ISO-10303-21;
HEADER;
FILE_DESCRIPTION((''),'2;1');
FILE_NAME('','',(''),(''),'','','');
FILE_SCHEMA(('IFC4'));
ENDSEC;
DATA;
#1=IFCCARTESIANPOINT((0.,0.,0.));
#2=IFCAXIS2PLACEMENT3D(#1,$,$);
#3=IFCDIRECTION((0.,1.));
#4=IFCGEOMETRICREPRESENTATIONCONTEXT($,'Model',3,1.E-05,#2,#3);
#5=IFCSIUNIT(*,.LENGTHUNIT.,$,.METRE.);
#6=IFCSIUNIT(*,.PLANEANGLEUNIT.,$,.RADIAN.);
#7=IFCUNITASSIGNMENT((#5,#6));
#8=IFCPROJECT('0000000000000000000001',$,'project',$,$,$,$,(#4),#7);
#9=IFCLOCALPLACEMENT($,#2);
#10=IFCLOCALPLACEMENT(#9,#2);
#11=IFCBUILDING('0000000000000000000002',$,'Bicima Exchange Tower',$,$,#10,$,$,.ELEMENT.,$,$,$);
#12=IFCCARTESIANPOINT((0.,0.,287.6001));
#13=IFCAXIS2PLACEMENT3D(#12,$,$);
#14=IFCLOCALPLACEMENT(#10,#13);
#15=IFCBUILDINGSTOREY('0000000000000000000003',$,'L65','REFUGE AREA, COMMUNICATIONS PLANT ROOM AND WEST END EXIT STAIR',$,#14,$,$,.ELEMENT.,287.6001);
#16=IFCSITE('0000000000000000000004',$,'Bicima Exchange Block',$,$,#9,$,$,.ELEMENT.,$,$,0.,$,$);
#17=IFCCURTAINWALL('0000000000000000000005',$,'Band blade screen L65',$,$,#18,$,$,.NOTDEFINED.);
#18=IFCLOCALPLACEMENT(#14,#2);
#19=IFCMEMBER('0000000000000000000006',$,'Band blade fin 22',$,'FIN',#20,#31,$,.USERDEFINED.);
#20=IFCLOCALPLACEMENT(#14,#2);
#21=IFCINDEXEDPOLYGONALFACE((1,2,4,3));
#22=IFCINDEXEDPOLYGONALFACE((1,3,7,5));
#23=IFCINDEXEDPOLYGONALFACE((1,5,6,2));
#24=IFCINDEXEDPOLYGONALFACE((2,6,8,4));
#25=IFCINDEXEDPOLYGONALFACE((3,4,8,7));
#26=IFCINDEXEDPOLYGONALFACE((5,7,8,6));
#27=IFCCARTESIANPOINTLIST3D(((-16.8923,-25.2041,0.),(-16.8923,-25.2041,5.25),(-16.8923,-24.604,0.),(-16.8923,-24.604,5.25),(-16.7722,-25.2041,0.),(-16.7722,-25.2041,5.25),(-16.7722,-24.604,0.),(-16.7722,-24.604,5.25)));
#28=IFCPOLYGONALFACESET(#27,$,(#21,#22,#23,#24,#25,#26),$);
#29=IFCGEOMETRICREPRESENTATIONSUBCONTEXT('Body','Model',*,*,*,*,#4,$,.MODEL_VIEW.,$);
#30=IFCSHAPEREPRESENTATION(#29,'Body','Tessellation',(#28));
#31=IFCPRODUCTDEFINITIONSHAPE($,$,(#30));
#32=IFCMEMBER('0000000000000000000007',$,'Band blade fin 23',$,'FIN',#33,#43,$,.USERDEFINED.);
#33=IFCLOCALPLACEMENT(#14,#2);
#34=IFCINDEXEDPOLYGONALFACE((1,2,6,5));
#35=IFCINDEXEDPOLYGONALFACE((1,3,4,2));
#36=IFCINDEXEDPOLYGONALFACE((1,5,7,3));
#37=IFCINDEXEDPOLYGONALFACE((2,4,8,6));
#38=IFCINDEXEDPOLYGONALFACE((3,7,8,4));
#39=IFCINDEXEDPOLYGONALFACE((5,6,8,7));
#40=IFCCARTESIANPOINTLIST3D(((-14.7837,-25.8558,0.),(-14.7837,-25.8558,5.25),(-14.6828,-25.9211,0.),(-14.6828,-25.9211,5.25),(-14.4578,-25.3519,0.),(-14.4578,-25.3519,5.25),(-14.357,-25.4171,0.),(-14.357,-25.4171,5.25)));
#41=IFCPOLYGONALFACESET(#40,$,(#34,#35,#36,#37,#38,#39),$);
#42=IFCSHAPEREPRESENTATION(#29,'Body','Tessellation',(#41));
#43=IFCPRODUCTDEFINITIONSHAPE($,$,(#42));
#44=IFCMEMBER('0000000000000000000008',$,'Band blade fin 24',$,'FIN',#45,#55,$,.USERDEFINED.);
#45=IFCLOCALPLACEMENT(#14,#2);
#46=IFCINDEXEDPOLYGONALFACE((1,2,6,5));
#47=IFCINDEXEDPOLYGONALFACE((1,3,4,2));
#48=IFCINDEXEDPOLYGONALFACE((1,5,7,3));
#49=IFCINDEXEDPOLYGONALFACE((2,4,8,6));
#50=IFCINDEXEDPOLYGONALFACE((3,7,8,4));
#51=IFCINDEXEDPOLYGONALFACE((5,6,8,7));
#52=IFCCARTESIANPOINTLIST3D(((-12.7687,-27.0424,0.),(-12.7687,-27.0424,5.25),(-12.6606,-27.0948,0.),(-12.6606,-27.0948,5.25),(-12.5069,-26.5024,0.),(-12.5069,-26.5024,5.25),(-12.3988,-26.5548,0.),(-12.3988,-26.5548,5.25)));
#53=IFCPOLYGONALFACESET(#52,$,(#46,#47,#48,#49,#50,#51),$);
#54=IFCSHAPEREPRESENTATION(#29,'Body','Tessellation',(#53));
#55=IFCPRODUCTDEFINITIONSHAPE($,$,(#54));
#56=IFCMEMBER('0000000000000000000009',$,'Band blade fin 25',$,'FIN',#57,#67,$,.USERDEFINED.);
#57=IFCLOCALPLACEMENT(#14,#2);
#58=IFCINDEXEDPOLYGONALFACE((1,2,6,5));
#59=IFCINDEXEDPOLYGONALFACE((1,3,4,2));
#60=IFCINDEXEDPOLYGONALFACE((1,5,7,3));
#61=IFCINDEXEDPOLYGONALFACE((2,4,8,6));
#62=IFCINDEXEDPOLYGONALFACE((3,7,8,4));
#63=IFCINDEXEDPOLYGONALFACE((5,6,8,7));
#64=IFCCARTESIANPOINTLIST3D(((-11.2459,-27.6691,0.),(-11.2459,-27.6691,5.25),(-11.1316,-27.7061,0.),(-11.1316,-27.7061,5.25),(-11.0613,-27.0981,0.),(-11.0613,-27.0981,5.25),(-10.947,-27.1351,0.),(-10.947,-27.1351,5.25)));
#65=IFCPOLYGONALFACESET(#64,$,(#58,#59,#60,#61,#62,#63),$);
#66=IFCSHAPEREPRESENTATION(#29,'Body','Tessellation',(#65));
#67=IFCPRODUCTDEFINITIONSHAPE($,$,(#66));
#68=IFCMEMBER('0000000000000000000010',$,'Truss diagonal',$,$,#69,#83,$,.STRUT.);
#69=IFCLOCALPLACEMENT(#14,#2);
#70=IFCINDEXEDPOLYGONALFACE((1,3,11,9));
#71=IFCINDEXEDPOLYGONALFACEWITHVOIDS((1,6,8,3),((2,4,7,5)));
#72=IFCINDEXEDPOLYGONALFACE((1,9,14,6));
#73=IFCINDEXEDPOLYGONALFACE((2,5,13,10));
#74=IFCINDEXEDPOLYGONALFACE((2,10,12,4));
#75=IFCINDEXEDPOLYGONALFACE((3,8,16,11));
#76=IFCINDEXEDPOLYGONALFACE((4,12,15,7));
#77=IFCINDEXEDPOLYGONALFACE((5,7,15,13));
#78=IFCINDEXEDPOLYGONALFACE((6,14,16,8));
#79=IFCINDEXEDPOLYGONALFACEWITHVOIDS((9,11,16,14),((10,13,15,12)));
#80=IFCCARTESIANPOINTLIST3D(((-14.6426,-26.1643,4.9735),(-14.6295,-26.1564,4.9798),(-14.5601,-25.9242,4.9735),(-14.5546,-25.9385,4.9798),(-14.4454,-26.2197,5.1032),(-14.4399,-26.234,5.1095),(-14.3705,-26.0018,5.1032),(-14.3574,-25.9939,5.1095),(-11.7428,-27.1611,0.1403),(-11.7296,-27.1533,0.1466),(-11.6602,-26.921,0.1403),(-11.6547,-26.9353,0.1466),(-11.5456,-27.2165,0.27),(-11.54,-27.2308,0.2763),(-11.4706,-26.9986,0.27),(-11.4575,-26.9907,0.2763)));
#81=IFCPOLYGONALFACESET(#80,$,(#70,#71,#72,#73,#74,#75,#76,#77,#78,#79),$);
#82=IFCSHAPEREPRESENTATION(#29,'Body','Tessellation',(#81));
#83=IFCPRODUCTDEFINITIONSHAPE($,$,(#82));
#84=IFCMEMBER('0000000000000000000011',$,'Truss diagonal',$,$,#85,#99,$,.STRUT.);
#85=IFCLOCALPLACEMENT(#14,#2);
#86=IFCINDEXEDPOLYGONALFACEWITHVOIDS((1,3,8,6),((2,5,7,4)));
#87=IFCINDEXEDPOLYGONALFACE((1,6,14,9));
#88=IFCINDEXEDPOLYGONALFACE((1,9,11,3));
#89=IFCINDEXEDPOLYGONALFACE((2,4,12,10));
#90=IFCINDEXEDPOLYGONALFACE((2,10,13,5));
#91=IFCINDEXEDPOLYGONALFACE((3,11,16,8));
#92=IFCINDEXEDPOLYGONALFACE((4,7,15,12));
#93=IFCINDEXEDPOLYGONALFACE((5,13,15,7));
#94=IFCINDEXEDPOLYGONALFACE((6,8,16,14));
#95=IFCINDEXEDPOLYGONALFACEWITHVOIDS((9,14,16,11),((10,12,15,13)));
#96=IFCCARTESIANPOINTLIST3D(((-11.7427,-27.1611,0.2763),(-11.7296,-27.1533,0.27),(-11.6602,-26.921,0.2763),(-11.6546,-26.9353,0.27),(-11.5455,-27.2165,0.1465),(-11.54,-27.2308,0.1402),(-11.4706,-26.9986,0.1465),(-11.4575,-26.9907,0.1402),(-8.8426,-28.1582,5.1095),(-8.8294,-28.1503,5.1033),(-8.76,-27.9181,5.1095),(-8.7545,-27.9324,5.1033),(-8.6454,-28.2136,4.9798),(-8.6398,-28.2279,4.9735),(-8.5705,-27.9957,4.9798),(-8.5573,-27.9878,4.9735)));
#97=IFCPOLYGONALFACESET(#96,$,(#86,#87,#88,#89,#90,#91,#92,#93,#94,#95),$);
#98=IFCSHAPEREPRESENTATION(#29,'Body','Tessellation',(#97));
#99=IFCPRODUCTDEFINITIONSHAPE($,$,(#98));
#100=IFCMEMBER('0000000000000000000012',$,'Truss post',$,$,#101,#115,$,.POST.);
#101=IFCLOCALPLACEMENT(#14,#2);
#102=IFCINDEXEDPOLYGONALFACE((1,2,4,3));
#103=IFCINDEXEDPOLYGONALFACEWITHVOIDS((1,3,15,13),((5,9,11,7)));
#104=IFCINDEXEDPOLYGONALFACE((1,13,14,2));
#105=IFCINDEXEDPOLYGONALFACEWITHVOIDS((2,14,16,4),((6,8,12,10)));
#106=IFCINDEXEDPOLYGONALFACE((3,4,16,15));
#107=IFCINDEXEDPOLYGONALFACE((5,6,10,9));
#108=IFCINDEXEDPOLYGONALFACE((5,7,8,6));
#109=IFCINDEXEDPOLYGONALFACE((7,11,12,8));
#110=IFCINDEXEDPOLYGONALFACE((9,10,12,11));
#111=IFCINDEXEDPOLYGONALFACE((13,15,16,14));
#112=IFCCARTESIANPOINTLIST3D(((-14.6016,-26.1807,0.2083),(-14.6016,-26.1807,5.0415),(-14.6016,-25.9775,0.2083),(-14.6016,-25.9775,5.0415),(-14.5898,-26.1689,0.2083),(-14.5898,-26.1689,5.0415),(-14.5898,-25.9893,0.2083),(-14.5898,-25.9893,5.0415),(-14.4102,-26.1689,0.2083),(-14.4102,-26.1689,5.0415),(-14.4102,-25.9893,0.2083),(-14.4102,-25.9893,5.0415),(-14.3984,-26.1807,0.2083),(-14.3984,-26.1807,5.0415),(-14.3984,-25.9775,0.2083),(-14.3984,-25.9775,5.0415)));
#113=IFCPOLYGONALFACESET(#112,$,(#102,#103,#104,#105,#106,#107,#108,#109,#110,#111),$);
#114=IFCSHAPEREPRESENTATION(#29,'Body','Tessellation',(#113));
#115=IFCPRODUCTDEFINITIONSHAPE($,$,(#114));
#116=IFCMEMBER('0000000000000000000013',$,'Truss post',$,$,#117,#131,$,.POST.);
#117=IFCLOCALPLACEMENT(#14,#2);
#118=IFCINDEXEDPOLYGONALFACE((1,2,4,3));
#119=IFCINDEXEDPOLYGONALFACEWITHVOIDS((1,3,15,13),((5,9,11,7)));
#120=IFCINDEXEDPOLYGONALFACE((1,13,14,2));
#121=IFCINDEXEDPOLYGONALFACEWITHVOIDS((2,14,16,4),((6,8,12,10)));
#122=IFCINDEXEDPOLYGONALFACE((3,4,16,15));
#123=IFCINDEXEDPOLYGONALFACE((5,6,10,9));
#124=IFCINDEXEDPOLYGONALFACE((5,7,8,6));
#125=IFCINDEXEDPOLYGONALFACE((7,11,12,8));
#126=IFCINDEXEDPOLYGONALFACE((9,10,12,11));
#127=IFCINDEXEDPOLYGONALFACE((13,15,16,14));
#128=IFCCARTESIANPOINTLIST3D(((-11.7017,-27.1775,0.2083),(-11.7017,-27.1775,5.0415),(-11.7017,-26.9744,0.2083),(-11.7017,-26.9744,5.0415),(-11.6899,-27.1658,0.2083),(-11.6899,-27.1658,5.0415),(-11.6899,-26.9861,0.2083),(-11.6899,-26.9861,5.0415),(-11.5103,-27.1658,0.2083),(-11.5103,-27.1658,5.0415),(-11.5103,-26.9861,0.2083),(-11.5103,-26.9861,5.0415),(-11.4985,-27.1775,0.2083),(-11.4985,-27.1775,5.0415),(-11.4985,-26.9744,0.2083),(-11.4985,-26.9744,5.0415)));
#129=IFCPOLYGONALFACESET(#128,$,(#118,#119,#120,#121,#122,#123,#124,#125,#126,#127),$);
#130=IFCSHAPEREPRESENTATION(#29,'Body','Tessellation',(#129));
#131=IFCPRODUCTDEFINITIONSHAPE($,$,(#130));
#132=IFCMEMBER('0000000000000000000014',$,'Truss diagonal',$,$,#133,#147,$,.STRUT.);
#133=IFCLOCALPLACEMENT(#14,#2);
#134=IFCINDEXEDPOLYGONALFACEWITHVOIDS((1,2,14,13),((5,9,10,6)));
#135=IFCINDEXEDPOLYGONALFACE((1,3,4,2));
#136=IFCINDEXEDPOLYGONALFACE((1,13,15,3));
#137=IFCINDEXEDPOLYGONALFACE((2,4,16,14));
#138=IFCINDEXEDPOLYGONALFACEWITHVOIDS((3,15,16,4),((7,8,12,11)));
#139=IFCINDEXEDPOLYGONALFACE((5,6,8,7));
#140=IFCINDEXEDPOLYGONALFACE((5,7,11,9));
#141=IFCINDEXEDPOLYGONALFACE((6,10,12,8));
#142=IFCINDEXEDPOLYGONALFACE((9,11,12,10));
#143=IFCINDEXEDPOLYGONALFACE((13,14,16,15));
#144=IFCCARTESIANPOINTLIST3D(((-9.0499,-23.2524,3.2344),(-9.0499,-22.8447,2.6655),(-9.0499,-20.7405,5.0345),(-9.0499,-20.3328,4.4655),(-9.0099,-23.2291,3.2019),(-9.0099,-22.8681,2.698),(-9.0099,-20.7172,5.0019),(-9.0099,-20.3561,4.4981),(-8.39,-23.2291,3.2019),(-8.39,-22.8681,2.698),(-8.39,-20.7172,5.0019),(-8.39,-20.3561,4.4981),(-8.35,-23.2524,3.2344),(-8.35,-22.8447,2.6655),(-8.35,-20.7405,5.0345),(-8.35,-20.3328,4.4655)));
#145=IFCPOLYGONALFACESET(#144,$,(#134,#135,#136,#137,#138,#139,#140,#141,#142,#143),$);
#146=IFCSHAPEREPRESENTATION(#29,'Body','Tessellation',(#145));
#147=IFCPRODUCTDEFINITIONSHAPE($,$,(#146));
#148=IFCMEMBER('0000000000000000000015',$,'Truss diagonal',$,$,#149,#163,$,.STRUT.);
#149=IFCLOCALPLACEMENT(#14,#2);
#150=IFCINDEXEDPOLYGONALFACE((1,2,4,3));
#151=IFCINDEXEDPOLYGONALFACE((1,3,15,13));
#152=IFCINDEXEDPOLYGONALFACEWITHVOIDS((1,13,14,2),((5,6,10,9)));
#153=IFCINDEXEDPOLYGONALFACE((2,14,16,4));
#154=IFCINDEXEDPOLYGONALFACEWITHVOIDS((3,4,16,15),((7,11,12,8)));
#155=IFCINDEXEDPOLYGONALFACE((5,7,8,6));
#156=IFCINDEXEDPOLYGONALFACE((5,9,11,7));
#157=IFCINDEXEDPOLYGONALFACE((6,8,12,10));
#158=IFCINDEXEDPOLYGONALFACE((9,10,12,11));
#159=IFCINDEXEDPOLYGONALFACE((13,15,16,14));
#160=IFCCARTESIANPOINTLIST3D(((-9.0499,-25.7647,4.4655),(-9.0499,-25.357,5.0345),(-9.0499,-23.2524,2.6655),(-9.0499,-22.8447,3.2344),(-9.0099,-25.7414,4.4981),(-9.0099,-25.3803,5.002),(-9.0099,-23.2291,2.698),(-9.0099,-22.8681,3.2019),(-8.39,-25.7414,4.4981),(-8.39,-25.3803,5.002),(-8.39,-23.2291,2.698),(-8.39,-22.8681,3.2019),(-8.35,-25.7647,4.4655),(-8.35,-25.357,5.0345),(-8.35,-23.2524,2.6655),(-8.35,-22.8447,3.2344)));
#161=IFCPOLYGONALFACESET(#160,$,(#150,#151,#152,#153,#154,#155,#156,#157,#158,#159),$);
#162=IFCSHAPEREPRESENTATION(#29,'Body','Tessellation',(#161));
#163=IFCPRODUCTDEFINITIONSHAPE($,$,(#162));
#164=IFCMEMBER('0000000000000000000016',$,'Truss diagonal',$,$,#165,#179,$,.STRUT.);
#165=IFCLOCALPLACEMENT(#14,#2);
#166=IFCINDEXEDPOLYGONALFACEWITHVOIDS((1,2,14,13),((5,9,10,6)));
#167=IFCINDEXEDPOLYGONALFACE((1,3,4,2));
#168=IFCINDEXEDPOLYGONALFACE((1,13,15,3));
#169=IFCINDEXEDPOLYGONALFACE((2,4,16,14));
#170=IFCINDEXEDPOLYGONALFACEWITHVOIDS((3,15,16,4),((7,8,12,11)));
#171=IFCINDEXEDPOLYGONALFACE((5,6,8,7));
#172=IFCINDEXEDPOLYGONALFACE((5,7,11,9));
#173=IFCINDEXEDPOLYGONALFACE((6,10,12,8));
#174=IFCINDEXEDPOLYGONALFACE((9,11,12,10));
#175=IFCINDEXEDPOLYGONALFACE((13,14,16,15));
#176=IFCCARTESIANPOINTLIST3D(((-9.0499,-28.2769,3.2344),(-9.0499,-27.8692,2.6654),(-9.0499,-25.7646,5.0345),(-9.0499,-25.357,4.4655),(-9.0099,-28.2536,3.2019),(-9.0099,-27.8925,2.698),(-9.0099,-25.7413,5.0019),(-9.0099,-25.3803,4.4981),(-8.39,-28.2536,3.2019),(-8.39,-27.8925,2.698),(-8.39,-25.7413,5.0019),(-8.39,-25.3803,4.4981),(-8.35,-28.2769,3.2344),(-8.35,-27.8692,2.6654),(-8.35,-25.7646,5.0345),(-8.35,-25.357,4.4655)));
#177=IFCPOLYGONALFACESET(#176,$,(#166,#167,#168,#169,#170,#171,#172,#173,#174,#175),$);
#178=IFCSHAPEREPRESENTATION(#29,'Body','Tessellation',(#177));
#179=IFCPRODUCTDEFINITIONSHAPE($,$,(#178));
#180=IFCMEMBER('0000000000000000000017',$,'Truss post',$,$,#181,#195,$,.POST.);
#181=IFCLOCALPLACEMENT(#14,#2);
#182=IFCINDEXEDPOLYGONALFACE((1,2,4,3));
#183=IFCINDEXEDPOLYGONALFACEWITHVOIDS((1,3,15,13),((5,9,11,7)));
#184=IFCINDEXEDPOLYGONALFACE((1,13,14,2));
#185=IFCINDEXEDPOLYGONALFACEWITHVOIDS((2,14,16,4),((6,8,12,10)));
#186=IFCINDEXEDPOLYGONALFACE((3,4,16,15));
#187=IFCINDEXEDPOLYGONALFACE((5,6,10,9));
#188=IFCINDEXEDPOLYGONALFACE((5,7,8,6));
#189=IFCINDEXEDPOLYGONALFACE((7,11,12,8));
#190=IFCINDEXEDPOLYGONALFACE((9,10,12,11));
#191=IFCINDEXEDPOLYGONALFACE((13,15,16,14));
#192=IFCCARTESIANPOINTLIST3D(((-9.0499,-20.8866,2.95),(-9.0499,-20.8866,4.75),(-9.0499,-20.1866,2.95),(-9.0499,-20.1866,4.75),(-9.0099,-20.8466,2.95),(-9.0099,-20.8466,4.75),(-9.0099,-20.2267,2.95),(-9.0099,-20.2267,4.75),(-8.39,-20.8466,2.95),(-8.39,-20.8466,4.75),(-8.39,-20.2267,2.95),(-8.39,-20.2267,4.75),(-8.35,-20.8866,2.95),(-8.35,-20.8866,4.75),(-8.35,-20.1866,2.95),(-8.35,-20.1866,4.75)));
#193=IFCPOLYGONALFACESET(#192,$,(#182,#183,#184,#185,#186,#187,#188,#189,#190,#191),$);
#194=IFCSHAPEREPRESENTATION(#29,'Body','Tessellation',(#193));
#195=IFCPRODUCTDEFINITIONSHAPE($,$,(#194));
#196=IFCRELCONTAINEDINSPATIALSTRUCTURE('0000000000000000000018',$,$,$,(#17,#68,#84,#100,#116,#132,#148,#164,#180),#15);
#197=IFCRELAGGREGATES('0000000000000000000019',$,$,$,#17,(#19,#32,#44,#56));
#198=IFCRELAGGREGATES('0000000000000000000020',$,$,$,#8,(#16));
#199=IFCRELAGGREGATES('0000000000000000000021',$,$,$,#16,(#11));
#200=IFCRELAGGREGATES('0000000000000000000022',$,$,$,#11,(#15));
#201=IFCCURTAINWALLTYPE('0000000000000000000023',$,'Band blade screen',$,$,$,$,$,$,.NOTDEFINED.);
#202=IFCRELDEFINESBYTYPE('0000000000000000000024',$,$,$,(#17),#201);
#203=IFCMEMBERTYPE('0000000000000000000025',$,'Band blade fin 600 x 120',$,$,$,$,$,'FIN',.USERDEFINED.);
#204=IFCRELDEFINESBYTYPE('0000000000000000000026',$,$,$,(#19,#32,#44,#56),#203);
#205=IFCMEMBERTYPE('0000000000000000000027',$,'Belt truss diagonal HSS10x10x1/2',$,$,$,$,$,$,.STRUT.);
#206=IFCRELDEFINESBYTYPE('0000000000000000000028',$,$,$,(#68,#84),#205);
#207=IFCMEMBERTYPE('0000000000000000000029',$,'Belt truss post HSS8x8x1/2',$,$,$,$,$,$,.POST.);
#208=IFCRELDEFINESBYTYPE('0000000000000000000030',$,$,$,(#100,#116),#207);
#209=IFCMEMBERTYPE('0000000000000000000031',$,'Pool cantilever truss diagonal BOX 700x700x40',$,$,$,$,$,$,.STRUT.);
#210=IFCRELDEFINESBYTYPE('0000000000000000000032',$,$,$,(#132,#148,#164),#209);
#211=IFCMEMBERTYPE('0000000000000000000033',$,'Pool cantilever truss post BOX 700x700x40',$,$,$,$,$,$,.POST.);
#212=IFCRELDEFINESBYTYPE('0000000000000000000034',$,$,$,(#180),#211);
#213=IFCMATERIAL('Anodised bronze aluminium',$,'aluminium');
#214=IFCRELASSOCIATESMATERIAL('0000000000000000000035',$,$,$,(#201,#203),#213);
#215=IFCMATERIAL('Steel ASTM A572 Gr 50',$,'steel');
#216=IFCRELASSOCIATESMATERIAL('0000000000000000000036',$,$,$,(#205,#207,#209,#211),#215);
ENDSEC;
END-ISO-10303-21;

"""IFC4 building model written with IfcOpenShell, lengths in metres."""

from ifc_helpers import new_model, si_unit, direction, frame, origin, origin_2d, place, context, subcontext, project, spatial, rectangle, hollow_rectangle, extrude, material, material_profile, profile_set, type_object, element, aggregate, save


model = new_model("IFC4")

# Units and contexts
model_context = context("Model", 3, precision=1e-05, world=origin(), true_north=direction((0.0, 1.0)))
body_context = subcontext(model_context, "Body", "Model", "MODEL_VIEW")
ifc_project = project(units=[si_unit("LENGTHUNIT", "METRE"), si_unit("PLANEANGLEUNIT", "RADIAN")], contexts=[model_context])

# Site, building, storey
site_placement = place(None, origin())
site = spatial("IfcSite", under=ifc_project, at=site_placement, Name="Bicima Exchange Block", CompositionType="ELEMENT", RefElevation=0.0)
building_placement = place(site_placement, origin())
building = spatial("IfcBuilding", under=site, at=building_placement, Name="Bicima Exchange Tower", CompositionType="ELEMENT")
storey_placement = place(building_placement, frame((0.0, 0.0, 287.6001)))
storey = spatial("IfcBuildingStorey", under=building, at=storey_placement, Name="L65", Description="REFUGE AREA, COMMUNICATIONS PLANT ROOM AND WEST END EXIT STAIR", CompositionType="ELEMENT", Elevation=287.6001)

# Curtain wall, members
ifc_material_1 = material(Name="Anodised bronze aluminium", Category="aluminium")
curtain_wall_type = type_object("IfcCurtainWallType", Name="Band blade screen", PredefinedType="NOTDEFINED", material=ifc_material_1)
curtain_wall_placement = place(storey_placement, origin())
curtain_wall = element("IfcCurtainWall", 1, at=curtain_wall_placement, inside=storey, type_object=curtain_wall_type, Name="Band blade screen L65", PredefinedType="NOTDEFINED")
ifc_material_profile_1 = material_profile(ifc_material_1, rectangle(XDim=0.6001, YDim=0.1201, at=origin_2d()))
ifc_profile_set_1 = profile_set([ifc_material_profile_1], Name="Anodised bronze aluminium")
member_type_1 = type_object("IfcMemberType", Name="Band blade fin 600 x 120", ElementType="FIN", PredefinedType="USERDEFINED", material=ifc_profile_set_1)
member_1_placement = place(storey_placement, frame((-16.8323, -24.9041, 0.0), z_axis=(0.0, 0.0, 1.0), x_axis=(0.0, 1.0, 0.0)))
member_1 = element("IfcMember", 2, at=member_1_placement, type_object=member_type_1, Name="Band blade fin 22", ObjectType="FIN", PredefinedType="USERDEFINED", context=body_context, shape_type="SweptSolid", body=[
    extrude(rectangle(XDim=0.6001, YDim=0.1201, at=origin_2d()), origin(), (0.0, 0.0, 1.0), 5.25),
])
member_2_placement = place(storey_placement, frame((-14.5703, -25.6365, 0.0), z_axis=(0.0, 0.0, 1.0), x_axis=(0.542917, 0.839787, 0.0)))
member_2 = element("IfcMember", 3, at=member_2_placement, type_object=member_type_1, Name="Band blade fin 23", ObjectType="FIN", PredefinedType="USERDEFINED", context=body_context, shape_type="SweptSolid", body=[
    extrude(rectangle(XDim=0.6001, YDim=0.1201, at=origin_2d()), origin(), (0.0, 0.0, 1.0), 5.25),
])
member_3_placement = place(storey_placement, frame((-12.5837, -26.7986, 0.0), z_axis=(0.0, 0.0, 1.0), x_axis=(0.436287, 0.899808, 0.0)))
member_3 = element("IfcMember", 4, at=member_3_placement, type_object=member_type_1, Name="Band blade fin 24", ObjectType="FIN", PredefinedType="USERDEFINED", context=body_context, shape_type="SweptSolid", body=[
    extrude(rectangle(XDim=0.6001, YDim=0.1201, at=origin_2d()), origin(), (0.0, 0.0, 1.0), 5.25),
])
member_4_placement = place(storey_placement, frame((-11.0964, -27.4021, 0.0), z_axis=(0.0, 0.0, 1.0), x_axis=(0.307553, 0.951531, 0.0)))
member_4 = element("IfcMember", 5, at=member_4_placement, type_object=member_type_1, Name="Band blade fin 25", ObjectType="FIN", PredefinedType="USERDEFINED", context=body_context, shape_type="SweptSolid", body=[
    extrude(rectangle(XDim=0.6001, YDim=0.1201, at=origin_2d()), origin(), (0.0, 0.0, 1.0), 5.25),
])
aggregate(curtain_wall, [member_1, member_2, member_3, member_4])

# Members
ifc_material_2 = material(Name="Steel ASTM A572 Gr 50", Category="steel")
ifc_material_profile_2 = material_profile(ifc_material_2, hollow_rectangle(XDim=0.2539, YDim=0.2539, WallThickness=0.0117, at=origin_2d()))
ifc_profile_set_2 = profile_set([ifc_material_profile_2], Name="Steel ASTM A572 Gr 50")
member_type_2 = type_object("IfcMemberType", Name="Belt truss diagonal HSS10x10x1/2", PredefinedType="STRUT", material=ifc_profile_set_2)
member_5_placement = place(storey_placement, frame((-14.5, -26.0791, 5.0415), z_axis=(0.506627, -0.174151, -0.844393), x_axis=(0.325075, 0.945688, 0.0)))
element("IfcMember", 6, at=member_5_placement, inside=storey, type_object=member_type_2, Name="Truss diagonal", PredefinedType="STRUT", context=body_context, shape_type="SweptSolid", body=[
    extrude(hollow_rectangle(XDim=0.2539, YDim=0.2539, WallThickness=0.0117, at=origin_2d()), origin(), (0.0, 0.0, 1.0), 5.7239),
])
member_6_placement = place(storey_placement, frame((-11.6001, -27.0759, 0.2083), z_axis=(0.506655, -0.174188, 0.844369), x_axis=(0.325122, 0.945672, 0.0)))
element("IfcMember", 7, at=member_6_placement, inside=storey, type_object=member_type_2, Name="Truss diagonal", PredefinedType="STRUT", context=body_context, shape_type="SweptSolid", body=[
    extrude(hollow_rectangle(XDim=0.2539, YDim=0.2539, WallThickness=0.0117, at=origin_2d()), origin(), (0.0, 0.0, 1.0), 5.7241),
])
ifc_material_profile_3 = material_profile(ifc_material_2, hollow_rectangle(XDim=0.2031, YDim=0.2031, WallThickness=0.0117, at=origin_2d()))
ifc_profile_set_3 = profile_set([ifc_material_profile_3], Name="Steel ASTM A572 Gr 50")
member_type_3 = type_object("IfcMemberType", Name="Belt truss post HSS8x8x1/2", PredefinedType="POST", material=ifc_profile_set_3)
for number, where, z_axis, x_axis, name in (
    (8, (-14.5, -26.0791, 0.2083), (0.0, 0.0, 1.0), (1.0, 0.0, 0.0), "Truss post"),
    (9, (-11.6001, -27.0759, 0.2083), (0.0, 0.0, 1.0), (1.0, 0.0, 0.0), "Truss post"),
):
    element("IfcMember", number, at=place(storey_placement, frame(where, z_axis=z_axis, x_axis=x_axis)), inside=storey, type_object=member_type_3, Name=name, PredefinedType="POST", context=body_context, shape_type="SweptSolid", body=[
        extrude(hollow_rectangle(XDim=0.2031, YDim=0.2031, WallThickness=0.0117, at=origin_2d()), origin(), (0.0, 0.0, 1.0), 4.8333),
    ])
ifc_material_profile_4 = material_profile(ifc_material_2, hollow_rectangle(XDim=0.7, YDim=0.7, WallThickness=0.04, at=origin_2d()))
ifc_profile_set_4 = profile_set([ifc_material_profile_4], Name="Steel ASTM A572 Gr 50")
member_type_4 = type_object("IfcMemberType", Name="Pool cantilever truss diagonal BOX 700x700x40", PredefinedType="STRUT", material=ifc_profile_set_4)
member_7_placement = place(storey_placement, frame((-8.7, -20.5366, 4.75), z_axis=(0.0, -0.812846, -0.582478), x_axis=(1.0, 0.0, 0.0)))
element("IfcMember", 10, at=member_7_placement, inside=storey, type_object=member_type_4, Name="Truss diagonal", PredefinedType="STRUT", context=body_context, shape_type="SweptSolid", body=[
    extrude(hollow_rectangle(XDim=0.7, YDim=0.7, WallThickness=0.04, at=origin_2d()), origin(), (0.0, 0.0, 1.0), 3.0903),
])
for number, where, z_axis, x_axis, name in (
    (11, (-8.7, -23.0486, 2.95), (0.0, -0.812873, 0.582441), (1.0, 0.0, 0.0), "Truss diagonal"),
    (12, (-8.7, -25.5608, 4.75), (0.0, -0.812873, -0.582441), (1.0, 0.0, 0.0), "Truss diagonal"),
):
    element("IfcMember", number, at=place(storey_placement, frame(where, z_axis=z_axis, x_axis=x_axis)), inside=storey, type_object=member_type_4, Name=name, PredefinedType="STRUT", context=body_context, shape_type="SweptSolid", body=[
        extrude(hollow_rectangle(XDim=0.7, YDim=0.7, WallThickness=0.04, at=origin_2d()), origin(), (0.0, 0.0, 1.0), 3.0906),
    ])
member_type_5 = type_object("IfcMemberType", Name="Pool cantilever truss post BOX 700x700x40", PredefinedType="POST", material=ifc_profile_set_4)
for number, where, z_axis, x_axis, name in (
    (13, (-8.7, -20.5366, 2.95), (0.0, 0.0, 1.0), (1.0, 0.0, 0.0), "Truss post"),
):
    element("IfcMember", number, at=place(storey_placement, frame(where, z_axis=z_axis, x_axis=x_axis)), inside=storey, type_object=member_type_5, Name=name, PredefinedType="POST", context=body_context, shape_type="SweptSolid", body=[
        extrude(hollow_rectangle(XDim=0.7, YDim=0.7, WallThickness=0.04, at=origin_2d()), origin(), (0.0, 0.0, 1.0), 1.8),
    ])

save(model, "model.ifc")
